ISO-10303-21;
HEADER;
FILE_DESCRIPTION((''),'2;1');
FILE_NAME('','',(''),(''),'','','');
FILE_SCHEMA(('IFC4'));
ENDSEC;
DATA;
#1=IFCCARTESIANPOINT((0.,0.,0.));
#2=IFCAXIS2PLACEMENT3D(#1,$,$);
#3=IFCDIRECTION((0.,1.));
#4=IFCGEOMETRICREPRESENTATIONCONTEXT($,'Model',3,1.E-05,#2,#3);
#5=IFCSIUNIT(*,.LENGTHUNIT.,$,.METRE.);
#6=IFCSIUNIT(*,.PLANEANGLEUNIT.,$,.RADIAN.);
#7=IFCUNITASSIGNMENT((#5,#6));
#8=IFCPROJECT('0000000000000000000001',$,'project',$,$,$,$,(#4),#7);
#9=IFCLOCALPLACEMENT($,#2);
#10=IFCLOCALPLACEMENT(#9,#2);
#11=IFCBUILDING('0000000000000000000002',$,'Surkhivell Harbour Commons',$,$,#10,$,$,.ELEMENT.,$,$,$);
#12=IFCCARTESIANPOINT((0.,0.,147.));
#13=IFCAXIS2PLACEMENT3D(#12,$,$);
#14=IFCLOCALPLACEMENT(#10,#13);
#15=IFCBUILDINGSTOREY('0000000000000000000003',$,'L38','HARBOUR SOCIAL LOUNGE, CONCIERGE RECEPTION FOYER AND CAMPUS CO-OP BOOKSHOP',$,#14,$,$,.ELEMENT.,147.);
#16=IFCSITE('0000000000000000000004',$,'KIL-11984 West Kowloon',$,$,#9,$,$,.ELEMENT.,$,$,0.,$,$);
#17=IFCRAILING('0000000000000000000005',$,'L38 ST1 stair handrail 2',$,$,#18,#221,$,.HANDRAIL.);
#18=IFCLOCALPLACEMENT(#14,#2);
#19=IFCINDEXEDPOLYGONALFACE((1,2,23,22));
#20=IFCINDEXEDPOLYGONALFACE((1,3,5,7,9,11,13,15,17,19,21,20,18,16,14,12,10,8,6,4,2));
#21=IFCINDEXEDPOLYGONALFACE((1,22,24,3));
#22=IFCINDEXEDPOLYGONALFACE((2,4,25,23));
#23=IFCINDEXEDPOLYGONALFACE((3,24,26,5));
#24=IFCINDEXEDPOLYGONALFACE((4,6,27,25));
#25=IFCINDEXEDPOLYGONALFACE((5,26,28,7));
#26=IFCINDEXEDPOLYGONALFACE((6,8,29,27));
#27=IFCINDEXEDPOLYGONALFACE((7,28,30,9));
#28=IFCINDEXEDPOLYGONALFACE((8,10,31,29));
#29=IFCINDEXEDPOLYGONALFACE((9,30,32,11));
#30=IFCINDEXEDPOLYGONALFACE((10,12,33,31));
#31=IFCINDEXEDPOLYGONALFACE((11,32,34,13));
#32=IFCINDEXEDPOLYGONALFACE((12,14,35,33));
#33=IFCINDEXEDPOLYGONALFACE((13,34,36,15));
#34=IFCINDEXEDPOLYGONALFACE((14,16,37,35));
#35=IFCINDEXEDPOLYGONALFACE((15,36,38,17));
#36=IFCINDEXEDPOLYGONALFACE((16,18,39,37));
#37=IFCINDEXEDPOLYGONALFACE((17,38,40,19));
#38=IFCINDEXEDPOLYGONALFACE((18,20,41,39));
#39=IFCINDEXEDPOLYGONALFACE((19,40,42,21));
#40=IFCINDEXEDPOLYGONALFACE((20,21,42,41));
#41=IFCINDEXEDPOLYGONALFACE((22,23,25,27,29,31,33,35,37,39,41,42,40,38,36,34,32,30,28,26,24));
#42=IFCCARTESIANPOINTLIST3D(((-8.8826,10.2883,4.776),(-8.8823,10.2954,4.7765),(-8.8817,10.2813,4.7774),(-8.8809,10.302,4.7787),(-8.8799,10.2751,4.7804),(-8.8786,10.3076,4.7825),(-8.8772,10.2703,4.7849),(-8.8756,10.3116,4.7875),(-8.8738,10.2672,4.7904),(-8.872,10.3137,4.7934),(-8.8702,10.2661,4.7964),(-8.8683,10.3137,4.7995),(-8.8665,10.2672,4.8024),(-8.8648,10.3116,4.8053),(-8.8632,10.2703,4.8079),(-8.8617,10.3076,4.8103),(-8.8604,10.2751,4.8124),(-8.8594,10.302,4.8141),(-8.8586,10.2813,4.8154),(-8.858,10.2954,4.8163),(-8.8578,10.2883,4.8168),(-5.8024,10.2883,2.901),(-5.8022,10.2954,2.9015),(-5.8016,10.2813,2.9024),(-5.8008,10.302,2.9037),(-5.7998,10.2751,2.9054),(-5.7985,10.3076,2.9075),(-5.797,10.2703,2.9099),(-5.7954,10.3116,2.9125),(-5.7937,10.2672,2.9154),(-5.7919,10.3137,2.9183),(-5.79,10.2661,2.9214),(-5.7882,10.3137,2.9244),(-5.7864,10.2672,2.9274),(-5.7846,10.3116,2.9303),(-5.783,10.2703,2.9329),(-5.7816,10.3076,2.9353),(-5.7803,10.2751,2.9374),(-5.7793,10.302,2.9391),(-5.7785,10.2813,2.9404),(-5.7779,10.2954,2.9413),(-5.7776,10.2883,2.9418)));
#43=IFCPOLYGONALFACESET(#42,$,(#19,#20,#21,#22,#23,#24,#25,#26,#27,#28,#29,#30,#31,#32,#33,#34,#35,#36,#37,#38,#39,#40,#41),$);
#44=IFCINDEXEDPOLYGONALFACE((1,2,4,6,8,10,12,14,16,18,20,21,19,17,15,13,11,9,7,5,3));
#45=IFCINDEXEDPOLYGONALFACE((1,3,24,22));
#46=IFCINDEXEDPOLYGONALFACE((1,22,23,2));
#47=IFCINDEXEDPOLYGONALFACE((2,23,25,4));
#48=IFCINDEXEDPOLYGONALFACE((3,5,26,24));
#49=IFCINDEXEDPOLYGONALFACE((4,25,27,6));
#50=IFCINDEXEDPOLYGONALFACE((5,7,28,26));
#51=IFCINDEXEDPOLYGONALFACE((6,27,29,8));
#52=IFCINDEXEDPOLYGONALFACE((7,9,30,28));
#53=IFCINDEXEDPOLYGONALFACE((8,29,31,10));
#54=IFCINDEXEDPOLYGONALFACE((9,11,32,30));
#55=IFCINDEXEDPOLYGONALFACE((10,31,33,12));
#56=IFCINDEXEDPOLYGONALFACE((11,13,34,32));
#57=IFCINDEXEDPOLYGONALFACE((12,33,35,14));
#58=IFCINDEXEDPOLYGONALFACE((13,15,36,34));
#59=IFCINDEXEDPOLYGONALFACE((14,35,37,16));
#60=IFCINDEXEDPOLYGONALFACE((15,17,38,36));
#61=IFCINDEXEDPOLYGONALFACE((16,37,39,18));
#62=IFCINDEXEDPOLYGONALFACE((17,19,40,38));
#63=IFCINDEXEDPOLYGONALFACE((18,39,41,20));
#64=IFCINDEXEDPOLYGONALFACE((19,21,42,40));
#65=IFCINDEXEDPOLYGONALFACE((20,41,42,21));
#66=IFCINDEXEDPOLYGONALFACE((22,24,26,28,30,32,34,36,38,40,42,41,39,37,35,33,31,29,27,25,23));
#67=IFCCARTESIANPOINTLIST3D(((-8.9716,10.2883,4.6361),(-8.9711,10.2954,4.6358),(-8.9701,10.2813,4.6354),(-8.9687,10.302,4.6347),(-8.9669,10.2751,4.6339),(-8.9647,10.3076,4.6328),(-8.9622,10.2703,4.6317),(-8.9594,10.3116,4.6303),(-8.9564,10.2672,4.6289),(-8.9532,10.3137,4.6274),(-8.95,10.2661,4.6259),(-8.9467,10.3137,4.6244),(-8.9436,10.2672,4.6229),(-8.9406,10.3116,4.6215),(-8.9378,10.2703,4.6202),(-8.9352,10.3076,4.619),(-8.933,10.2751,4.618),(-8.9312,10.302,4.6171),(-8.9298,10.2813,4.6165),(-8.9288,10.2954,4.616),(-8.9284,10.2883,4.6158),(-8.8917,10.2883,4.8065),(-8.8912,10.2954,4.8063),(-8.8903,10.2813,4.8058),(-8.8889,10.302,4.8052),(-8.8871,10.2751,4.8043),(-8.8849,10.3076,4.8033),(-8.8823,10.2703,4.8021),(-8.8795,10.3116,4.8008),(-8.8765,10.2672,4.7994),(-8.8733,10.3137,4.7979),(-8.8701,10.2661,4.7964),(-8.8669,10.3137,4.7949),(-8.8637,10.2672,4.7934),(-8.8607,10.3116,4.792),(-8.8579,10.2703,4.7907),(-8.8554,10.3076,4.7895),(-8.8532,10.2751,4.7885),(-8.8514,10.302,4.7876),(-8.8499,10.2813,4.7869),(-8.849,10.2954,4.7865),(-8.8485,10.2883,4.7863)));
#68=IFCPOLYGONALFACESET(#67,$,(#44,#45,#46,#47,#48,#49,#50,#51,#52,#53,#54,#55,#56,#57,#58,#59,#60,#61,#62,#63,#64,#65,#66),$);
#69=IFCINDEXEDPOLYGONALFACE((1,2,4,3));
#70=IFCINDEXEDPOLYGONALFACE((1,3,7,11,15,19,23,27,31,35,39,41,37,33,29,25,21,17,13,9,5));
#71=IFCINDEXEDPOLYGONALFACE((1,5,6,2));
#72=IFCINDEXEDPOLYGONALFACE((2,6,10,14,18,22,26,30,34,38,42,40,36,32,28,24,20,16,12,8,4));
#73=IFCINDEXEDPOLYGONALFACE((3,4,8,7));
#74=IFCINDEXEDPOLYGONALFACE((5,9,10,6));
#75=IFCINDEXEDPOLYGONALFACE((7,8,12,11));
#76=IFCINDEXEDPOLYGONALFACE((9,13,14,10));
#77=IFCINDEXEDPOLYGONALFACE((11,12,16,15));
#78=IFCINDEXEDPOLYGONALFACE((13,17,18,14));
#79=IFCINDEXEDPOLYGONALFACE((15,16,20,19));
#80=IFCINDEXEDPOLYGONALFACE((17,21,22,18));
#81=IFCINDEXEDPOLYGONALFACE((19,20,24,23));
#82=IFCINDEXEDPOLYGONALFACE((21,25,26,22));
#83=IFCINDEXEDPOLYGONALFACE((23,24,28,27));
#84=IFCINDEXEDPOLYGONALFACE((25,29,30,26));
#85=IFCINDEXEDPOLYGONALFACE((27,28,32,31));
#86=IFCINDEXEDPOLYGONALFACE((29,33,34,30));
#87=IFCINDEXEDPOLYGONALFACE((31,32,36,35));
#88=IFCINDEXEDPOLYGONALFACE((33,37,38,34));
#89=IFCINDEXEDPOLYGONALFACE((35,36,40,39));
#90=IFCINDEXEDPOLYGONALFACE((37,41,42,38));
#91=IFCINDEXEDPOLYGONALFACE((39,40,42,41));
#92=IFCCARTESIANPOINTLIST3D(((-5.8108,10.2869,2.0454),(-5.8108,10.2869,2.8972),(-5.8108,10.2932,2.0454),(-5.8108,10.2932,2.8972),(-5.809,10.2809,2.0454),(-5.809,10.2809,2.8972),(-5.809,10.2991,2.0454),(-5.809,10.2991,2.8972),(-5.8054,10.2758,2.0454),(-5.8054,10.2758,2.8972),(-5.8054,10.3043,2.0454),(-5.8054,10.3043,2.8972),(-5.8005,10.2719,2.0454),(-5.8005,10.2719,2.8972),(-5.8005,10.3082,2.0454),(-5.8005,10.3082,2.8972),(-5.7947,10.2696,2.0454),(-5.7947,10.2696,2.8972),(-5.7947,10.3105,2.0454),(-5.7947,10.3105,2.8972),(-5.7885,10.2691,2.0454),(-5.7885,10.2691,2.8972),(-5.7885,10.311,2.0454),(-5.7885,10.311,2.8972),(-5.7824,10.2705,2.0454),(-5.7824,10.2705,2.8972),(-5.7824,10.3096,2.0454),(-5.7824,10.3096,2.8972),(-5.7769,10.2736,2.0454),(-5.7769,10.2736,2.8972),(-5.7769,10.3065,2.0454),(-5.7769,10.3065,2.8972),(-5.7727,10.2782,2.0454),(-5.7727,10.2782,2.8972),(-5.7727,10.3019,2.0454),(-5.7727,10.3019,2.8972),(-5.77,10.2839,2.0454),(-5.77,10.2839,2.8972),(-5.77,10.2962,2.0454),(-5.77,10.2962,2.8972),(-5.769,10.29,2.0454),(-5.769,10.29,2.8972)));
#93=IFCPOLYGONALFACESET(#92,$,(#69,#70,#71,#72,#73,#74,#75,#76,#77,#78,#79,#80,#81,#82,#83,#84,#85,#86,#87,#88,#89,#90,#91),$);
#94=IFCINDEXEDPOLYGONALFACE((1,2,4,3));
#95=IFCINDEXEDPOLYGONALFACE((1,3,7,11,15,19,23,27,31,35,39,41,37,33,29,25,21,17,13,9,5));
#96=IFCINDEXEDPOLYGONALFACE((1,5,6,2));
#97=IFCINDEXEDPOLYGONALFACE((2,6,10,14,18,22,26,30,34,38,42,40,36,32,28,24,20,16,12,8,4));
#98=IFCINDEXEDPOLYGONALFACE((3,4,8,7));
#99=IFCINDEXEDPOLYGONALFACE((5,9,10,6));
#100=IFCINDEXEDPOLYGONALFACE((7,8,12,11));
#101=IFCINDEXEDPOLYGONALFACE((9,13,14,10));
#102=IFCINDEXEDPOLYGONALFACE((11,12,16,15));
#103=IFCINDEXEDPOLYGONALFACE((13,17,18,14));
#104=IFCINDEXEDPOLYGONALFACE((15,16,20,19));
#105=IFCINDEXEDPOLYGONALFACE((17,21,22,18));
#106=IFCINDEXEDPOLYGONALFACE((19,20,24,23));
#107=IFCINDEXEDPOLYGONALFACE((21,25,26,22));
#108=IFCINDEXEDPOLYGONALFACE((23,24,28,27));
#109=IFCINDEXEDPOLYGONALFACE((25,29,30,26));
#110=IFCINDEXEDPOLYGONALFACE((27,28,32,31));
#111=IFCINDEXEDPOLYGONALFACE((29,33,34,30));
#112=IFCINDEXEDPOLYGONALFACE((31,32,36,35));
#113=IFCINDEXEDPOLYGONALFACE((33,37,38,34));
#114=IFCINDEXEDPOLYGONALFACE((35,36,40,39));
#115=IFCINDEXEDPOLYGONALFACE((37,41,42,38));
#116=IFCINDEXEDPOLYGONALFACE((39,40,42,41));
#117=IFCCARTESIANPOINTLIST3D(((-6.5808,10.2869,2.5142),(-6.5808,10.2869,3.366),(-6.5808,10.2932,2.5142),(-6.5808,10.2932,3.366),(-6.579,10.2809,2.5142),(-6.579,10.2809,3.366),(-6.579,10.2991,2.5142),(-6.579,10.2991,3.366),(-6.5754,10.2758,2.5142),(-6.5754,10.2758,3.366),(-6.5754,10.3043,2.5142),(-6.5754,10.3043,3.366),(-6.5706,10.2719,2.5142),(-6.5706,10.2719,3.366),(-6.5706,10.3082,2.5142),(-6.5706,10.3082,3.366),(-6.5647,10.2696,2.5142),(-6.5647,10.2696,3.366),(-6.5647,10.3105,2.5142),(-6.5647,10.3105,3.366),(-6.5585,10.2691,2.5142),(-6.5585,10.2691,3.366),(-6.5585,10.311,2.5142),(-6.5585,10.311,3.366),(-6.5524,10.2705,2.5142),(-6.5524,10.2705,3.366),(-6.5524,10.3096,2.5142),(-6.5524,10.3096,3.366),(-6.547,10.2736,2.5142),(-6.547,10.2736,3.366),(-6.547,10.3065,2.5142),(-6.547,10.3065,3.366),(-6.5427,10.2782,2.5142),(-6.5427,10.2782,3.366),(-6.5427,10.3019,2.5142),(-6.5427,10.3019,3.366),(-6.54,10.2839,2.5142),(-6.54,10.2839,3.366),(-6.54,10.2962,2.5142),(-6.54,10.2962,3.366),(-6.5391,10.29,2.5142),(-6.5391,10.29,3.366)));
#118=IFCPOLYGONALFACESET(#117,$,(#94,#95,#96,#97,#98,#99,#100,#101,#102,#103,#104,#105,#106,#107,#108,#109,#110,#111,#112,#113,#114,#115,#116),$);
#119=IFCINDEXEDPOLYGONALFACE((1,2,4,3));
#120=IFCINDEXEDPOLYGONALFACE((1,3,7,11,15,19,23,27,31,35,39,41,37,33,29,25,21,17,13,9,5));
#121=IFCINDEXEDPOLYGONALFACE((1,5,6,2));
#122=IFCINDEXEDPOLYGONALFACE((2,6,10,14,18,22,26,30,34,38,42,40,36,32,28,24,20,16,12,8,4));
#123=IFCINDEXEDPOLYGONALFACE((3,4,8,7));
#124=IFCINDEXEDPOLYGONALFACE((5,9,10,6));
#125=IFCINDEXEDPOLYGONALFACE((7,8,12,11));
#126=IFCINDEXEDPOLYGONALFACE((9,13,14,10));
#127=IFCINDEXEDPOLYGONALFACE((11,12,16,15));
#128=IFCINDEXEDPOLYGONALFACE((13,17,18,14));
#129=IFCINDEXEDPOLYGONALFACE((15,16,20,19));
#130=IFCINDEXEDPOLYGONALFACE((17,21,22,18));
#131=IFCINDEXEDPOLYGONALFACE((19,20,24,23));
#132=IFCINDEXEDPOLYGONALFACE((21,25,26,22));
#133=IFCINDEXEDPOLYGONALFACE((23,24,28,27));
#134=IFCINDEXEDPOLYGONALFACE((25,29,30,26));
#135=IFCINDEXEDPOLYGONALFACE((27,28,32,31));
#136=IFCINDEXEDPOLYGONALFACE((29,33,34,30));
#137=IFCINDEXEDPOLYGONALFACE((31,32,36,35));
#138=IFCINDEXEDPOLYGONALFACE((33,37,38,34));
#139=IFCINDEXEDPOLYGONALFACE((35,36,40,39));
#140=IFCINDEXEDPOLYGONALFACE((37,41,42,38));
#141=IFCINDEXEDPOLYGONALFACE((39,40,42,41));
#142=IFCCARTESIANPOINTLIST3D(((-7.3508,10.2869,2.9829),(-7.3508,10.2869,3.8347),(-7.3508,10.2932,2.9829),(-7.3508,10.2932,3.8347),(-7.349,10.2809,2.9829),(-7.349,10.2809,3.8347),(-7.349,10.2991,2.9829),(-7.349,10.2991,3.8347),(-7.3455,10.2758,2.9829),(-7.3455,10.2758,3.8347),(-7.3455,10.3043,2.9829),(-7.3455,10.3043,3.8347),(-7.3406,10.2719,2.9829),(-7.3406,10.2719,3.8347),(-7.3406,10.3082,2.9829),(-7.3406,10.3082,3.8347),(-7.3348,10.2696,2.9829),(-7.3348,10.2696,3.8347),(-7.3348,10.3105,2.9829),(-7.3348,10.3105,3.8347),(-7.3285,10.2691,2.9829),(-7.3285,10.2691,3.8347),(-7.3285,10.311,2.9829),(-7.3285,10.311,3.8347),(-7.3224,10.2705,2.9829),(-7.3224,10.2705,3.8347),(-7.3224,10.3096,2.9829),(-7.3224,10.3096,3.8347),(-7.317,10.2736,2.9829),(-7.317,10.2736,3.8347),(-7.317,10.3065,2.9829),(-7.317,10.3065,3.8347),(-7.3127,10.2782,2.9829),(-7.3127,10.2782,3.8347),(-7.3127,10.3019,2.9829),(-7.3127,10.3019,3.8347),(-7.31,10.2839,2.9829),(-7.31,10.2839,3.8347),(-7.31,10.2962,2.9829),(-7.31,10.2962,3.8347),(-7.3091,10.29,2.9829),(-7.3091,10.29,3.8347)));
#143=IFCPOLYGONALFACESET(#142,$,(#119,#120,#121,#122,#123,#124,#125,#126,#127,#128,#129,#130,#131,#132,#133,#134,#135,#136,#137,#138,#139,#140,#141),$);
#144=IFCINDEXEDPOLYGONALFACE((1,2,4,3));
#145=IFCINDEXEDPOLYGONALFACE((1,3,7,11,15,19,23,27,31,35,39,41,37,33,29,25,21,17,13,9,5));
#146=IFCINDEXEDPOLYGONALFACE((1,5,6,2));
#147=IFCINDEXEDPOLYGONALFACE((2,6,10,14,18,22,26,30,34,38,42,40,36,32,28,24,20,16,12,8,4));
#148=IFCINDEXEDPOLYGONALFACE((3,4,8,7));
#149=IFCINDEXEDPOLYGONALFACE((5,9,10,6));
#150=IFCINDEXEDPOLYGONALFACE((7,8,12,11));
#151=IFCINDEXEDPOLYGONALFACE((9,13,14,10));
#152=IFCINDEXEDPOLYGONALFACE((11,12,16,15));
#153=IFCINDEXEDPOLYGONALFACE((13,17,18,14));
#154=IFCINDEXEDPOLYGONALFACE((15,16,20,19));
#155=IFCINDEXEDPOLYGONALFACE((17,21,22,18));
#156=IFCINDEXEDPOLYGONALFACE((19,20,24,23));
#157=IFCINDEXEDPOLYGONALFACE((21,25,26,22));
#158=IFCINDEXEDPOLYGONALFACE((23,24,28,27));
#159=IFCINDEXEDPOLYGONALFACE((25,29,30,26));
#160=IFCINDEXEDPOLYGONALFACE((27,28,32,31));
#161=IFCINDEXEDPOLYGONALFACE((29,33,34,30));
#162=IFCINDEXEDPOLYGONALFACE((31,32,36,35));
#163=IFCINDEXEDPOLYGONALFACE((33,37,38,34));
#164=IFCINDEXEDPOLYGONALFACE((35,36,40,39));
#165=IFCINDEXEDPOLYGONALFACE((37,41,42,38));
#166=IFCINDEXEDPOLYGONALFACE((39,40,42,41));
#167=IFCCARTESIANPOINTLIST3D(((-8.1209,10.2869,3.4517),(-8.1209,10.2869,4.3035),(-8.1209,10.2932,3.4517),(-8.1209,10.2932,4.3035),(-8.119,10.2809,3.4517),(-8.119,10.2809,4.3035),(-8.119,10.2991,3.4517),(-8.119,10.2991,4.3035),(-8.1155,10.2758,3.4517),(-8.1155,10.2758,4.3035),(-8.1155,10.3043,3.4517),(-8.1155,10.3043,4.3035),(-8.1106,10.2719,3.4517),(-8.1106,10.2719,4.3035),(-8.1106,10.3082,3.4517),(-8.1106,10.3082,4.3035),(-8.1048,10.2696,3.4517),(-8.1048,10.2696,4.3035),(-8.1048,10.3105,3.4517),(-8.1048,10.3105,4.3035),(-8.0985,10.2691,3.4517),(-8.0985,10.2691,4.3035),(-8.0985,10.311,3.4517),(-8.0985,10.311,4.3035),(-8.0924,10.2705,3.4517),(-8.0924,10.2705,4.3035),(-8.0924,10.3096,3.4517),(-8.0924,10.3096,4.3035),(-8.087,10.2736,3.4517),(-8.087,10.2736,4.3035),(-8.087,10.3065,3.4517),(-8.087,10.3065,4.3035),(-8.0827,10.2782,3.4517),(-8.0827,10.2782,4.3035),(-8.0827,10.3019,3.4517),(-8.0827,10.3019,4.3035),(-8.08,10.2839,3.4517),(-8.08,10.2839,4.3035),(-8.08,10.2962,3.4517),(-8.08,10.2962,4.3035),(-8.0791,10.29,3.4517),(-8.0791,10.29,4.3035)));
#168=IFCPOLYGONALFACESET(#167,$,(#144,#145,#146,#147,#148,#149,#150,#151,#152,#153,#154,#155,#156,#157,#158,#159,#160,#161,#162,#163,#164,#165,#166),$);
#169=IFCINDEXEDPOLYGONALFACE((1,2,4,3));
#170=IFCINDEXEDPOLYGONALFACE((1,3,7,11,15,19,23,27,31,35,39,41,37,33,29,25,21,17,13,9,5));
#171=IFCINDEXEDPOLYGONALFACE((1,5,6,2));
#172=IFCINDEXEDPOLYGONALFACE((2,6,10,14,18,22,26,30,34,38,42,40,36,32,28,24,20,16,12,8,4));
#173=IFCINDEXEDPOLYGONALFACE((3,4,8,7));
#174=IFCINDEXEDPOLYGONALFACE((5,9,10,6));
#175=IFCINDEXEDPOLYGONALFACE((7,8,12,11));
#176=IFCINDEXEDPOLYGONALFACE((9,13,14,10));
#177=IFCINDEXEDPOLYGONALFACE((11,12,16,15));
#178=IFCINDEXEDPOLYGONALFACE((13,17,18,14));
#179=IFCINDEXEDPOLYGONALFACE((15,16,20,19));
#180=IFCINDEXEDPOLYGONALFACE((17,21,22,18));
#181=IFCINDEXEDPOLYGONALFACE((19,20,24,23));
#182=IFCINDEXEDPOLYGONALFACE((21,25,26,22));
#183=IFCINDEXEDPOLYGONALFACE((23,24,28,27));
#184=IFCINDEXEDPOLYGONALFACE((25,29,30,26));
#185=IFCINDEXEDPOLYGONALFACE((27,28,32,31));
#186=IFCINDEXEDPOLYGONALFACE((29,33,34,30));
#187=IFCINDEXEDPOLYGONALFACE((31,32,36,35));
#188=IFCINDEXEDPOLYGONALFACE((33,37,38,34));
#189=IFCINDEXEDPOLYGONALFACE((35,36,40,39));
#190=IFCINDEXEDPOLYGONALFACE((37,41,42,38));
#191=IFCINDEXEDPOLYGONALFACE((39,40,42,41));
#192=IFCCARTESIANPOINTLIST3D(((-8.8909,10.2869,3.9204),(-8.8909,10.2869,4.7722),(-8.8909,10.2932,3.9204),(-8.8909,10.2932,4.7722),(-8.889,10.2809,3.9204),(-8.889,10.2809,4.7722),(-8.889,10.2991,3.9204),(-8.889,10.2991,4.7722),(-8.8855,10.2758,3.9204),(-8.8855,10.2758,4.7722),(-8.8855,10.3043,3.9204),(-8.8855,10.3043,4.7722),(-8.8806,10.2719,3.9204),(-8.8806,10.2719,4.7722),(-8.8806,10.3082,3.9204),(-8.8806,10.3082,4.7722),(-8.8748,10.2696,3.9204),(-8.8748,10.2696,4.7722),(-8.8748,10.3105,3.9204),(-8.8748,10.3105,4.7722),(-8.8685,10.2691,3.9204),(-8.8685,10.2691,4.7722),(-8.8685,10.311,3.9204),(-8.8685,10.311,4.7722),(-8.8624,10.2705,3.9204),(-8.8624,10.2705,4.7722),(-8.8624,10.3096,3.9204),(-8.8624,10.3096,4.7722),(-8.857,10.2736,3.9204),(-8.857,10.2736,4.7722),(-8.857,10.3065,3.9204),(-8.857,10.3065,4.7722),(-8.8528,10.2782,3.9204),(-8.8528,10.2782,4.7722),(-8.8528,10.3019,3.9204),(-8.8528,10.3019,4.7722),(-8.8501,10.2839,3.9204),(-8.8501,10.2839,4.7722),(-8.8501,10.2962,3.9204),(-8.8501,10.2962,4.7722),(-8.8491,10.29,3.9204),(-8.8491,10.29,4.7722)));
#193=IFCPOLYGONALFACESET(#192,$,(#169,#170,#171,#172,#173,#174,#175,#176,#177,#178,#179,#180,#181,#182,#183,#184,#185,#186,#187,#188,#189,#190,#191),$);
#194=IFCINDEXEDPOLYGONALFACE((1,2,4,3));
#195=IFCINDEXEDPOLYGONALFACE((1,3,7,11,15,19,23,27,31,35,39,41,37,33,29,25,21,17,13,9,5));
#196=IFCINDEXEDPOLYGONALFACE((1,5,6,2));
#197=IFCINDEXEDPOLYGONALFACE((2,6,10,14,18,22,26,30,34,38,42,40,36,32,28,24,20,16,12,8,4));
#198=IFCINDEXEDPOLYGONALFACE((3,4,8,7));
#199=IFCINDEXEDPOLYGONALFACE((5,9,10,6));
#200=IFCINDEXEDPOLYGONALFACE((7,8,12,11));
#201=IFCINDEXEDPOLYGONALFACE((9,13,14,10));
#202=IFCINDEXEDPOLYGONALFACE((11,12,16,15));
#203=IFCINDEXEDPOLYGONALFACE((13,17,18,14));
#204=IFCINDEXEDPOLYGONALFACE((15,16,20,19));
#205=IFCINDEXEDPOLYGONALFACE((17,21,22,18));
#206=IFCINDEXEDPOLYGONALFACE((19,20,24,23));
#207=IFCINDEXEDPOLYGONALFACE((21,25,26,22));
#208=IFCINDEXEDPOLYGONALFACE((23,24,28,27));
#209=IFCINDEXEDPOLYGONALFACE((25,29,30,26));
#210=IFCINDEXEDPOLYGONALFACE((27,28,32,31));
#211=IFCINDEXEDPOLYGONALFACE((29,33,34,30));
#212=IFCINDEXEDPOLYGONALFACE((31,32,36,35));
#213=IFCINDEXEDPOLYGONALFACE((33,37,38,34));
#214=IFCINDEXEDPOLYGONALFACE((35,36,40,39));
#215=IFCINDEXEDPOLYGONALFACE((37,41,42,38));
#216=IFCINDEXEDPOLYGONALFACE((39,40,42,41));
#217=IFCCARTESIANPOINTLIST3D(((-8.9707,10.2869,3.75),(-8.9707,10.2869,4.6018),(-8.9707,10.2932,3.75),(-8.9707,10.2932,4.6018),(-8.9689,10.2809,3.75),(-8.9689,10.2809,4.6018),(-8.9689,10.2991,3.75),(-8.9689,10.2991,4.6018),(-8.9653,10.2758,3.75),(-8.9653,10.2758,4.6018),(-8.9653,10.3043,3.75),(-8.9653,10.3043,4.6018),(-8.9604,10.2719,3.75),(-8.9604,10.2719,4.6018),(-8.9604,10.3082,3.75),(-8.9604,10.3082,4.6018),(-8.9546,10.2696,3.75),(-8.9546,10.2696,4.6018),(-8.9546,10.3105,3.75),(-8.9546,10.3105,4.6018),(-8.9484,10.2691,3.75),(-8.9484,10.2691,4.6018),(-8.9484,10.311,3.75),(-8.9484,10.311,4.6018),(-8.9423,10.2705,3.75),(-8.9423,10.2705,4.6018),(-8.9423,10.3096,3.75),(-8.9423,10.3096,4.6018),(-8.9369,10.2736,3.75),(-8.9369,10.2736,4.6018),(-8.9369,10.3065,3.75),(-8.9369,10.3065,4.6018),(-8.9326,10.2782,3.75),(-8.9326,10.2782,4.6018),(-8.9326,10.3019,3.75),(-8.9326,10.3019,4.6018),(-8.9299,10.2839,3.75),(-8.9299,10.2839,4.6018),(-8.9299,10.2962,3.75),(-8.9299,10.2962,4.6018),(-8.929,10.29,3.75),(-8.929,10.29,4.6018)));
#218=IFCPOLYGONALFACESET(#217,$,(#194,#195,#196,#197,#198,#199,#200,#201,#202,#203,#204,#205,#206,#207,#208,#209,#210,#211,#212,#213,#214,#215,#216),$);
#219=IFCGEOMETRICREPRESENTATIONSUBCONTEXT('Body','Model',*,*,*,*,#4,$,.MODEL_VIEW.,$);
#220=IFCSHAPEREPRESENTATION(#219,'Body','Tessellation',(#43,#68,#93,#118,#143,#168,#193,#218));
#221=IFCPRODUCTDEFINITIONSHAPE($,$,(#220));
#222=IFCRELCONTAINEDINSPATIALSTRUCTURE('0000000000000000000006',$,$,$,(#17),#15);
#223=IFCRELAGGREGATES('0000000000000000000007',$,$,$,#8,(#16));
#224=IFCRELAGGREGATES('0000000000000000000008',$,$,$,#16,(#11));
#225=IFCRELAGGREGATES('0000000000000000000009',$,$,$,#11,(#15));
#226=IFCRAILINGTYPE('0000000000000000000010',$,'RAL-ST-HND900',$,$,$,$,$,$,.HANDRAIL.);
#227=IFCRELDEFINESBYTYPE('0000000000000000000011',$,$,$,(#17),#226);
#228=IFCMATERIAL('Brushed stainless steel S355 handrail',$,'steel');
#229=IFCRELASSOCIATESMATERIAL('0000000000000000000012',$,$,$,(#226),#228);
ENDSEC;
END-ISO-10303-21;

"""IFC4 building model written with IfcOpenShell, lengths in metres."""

from ifc_helpers import new_model, si_unit, direction, frame, origin, origin_2d, place, context, subcontext, project, spatial, circle, extrude, material, type_object, element, save


model = new_model("IFC4")

# Units and contexts
model_context = context("Model", 3, precision=1e-05, world=origin(), true_north=direction((0.0, 1.0)))
body_context = subcontext(model_context, "Body", "Model", "MODEL_VIEW")
ifc_project = project(units=[si_unit("LENGTHUNIT", "METRE"), si_unit("PLANEANGLEUNIT", "RADIAN")], contexts=[model_context])

# Site, building, storey
site_placement = place(None, origin())
site = spatial("IfcSite", under=ifc_project, at=site_placement, Name="KIL-11984 West Kowloon", CompositionType="ELEMENT", RefElevation=0.0)
building_placement = place(site_placement, origin())
building = spatial("IfcBuilding", under=site, at=building_placement, Name="Surkhivell Harbour Commons", CompositionType="ELEMENT")
storey_placement = place(building_placement, frame((0.0, 0.0, 147.0)))
storey = spatial("IfcBuildingStorey", under=building, at=storey_placement, Name="L38", Description="HARBOUR SOCIAL LOUNGE, CONCIERGE RECEPTION FOYER AND CAMPUS CO-OP BOOKSHOP", CompositionType="ELEMENT", Elevation=147.0)

# Railing
ifc_material_1 = material(Name="Brushed stainless steel S355 handrail", Category="steel")
railing_type_1 = type_object("IfcRailingType", Name="RAL-ST-HND900", PredefinedType="HANDRAIL", material=ifc_material_1)
railing_1_placement = place(storey_placement, frame((-5.79, 10.29, 2.0454)))
element("IfcRailing", 1, at=railing_1_placement, inside=storey, type_object=railing_type_1, Name="L38 ST1 stair handrail 2", PredefinedType="HANDRAIL", context=body_context, shape_type="SweptSolid", body=[
    extrude(circle(Radius=0.0239, at=origin_2d()), frame((0.0, 0.0, 0.876), z_axis=(-0.854178, 0.0, 0.519981), x_axis=(0.0, -1.0, 0.0)), (0.0, 0.0, 1.0), 3.606),
    extrude(circle(Radius=0.0239, at=origin_2d()), frame((-3.0801, 0.0, 2.751), z_axis=(-0.424234, 0.0, -0.905552), x_axis=(0.0, -1.0, 0.0)), (0.0, 0.0, 1.0), 0.1882),
    extrude(circle(Radius=0.021, at=origin_2d()), origin(), (0.0, 0.0, 1.0), 0.8518),
    extrude(circle(Radius=0.021, at=origin_2d()), frame((-0.77, 0.0, 0.4688)), (0.0, 0.0, 1.0), 0.8518),
    extrude(circle(Radius=0.021, at=origin_2d()), frame((-1.54, 0.0, 0.9375)), (0.0, 0.0, 1.0), 0.8518),
    extrude(circle(Radius=0.021, at=origin_2d()), frame((-2.3101, 0.0, 1.4062)), (0.0, 0.0, 1.0), 0.8518),
    extrude(circle(Radius=0.021, at=origin_2d()), frame((-3.0801, 0.0, 1.875)), (0.0, 0.0, 1.0), 0.8518),
    extrude(circle(Radius=0.021, at=origin_2d()), frame((-3.1599, 0.0, 1.7046)), (0.0, 0.0, 1.0), 0.8518),
])

save(model, "model.ifc")
